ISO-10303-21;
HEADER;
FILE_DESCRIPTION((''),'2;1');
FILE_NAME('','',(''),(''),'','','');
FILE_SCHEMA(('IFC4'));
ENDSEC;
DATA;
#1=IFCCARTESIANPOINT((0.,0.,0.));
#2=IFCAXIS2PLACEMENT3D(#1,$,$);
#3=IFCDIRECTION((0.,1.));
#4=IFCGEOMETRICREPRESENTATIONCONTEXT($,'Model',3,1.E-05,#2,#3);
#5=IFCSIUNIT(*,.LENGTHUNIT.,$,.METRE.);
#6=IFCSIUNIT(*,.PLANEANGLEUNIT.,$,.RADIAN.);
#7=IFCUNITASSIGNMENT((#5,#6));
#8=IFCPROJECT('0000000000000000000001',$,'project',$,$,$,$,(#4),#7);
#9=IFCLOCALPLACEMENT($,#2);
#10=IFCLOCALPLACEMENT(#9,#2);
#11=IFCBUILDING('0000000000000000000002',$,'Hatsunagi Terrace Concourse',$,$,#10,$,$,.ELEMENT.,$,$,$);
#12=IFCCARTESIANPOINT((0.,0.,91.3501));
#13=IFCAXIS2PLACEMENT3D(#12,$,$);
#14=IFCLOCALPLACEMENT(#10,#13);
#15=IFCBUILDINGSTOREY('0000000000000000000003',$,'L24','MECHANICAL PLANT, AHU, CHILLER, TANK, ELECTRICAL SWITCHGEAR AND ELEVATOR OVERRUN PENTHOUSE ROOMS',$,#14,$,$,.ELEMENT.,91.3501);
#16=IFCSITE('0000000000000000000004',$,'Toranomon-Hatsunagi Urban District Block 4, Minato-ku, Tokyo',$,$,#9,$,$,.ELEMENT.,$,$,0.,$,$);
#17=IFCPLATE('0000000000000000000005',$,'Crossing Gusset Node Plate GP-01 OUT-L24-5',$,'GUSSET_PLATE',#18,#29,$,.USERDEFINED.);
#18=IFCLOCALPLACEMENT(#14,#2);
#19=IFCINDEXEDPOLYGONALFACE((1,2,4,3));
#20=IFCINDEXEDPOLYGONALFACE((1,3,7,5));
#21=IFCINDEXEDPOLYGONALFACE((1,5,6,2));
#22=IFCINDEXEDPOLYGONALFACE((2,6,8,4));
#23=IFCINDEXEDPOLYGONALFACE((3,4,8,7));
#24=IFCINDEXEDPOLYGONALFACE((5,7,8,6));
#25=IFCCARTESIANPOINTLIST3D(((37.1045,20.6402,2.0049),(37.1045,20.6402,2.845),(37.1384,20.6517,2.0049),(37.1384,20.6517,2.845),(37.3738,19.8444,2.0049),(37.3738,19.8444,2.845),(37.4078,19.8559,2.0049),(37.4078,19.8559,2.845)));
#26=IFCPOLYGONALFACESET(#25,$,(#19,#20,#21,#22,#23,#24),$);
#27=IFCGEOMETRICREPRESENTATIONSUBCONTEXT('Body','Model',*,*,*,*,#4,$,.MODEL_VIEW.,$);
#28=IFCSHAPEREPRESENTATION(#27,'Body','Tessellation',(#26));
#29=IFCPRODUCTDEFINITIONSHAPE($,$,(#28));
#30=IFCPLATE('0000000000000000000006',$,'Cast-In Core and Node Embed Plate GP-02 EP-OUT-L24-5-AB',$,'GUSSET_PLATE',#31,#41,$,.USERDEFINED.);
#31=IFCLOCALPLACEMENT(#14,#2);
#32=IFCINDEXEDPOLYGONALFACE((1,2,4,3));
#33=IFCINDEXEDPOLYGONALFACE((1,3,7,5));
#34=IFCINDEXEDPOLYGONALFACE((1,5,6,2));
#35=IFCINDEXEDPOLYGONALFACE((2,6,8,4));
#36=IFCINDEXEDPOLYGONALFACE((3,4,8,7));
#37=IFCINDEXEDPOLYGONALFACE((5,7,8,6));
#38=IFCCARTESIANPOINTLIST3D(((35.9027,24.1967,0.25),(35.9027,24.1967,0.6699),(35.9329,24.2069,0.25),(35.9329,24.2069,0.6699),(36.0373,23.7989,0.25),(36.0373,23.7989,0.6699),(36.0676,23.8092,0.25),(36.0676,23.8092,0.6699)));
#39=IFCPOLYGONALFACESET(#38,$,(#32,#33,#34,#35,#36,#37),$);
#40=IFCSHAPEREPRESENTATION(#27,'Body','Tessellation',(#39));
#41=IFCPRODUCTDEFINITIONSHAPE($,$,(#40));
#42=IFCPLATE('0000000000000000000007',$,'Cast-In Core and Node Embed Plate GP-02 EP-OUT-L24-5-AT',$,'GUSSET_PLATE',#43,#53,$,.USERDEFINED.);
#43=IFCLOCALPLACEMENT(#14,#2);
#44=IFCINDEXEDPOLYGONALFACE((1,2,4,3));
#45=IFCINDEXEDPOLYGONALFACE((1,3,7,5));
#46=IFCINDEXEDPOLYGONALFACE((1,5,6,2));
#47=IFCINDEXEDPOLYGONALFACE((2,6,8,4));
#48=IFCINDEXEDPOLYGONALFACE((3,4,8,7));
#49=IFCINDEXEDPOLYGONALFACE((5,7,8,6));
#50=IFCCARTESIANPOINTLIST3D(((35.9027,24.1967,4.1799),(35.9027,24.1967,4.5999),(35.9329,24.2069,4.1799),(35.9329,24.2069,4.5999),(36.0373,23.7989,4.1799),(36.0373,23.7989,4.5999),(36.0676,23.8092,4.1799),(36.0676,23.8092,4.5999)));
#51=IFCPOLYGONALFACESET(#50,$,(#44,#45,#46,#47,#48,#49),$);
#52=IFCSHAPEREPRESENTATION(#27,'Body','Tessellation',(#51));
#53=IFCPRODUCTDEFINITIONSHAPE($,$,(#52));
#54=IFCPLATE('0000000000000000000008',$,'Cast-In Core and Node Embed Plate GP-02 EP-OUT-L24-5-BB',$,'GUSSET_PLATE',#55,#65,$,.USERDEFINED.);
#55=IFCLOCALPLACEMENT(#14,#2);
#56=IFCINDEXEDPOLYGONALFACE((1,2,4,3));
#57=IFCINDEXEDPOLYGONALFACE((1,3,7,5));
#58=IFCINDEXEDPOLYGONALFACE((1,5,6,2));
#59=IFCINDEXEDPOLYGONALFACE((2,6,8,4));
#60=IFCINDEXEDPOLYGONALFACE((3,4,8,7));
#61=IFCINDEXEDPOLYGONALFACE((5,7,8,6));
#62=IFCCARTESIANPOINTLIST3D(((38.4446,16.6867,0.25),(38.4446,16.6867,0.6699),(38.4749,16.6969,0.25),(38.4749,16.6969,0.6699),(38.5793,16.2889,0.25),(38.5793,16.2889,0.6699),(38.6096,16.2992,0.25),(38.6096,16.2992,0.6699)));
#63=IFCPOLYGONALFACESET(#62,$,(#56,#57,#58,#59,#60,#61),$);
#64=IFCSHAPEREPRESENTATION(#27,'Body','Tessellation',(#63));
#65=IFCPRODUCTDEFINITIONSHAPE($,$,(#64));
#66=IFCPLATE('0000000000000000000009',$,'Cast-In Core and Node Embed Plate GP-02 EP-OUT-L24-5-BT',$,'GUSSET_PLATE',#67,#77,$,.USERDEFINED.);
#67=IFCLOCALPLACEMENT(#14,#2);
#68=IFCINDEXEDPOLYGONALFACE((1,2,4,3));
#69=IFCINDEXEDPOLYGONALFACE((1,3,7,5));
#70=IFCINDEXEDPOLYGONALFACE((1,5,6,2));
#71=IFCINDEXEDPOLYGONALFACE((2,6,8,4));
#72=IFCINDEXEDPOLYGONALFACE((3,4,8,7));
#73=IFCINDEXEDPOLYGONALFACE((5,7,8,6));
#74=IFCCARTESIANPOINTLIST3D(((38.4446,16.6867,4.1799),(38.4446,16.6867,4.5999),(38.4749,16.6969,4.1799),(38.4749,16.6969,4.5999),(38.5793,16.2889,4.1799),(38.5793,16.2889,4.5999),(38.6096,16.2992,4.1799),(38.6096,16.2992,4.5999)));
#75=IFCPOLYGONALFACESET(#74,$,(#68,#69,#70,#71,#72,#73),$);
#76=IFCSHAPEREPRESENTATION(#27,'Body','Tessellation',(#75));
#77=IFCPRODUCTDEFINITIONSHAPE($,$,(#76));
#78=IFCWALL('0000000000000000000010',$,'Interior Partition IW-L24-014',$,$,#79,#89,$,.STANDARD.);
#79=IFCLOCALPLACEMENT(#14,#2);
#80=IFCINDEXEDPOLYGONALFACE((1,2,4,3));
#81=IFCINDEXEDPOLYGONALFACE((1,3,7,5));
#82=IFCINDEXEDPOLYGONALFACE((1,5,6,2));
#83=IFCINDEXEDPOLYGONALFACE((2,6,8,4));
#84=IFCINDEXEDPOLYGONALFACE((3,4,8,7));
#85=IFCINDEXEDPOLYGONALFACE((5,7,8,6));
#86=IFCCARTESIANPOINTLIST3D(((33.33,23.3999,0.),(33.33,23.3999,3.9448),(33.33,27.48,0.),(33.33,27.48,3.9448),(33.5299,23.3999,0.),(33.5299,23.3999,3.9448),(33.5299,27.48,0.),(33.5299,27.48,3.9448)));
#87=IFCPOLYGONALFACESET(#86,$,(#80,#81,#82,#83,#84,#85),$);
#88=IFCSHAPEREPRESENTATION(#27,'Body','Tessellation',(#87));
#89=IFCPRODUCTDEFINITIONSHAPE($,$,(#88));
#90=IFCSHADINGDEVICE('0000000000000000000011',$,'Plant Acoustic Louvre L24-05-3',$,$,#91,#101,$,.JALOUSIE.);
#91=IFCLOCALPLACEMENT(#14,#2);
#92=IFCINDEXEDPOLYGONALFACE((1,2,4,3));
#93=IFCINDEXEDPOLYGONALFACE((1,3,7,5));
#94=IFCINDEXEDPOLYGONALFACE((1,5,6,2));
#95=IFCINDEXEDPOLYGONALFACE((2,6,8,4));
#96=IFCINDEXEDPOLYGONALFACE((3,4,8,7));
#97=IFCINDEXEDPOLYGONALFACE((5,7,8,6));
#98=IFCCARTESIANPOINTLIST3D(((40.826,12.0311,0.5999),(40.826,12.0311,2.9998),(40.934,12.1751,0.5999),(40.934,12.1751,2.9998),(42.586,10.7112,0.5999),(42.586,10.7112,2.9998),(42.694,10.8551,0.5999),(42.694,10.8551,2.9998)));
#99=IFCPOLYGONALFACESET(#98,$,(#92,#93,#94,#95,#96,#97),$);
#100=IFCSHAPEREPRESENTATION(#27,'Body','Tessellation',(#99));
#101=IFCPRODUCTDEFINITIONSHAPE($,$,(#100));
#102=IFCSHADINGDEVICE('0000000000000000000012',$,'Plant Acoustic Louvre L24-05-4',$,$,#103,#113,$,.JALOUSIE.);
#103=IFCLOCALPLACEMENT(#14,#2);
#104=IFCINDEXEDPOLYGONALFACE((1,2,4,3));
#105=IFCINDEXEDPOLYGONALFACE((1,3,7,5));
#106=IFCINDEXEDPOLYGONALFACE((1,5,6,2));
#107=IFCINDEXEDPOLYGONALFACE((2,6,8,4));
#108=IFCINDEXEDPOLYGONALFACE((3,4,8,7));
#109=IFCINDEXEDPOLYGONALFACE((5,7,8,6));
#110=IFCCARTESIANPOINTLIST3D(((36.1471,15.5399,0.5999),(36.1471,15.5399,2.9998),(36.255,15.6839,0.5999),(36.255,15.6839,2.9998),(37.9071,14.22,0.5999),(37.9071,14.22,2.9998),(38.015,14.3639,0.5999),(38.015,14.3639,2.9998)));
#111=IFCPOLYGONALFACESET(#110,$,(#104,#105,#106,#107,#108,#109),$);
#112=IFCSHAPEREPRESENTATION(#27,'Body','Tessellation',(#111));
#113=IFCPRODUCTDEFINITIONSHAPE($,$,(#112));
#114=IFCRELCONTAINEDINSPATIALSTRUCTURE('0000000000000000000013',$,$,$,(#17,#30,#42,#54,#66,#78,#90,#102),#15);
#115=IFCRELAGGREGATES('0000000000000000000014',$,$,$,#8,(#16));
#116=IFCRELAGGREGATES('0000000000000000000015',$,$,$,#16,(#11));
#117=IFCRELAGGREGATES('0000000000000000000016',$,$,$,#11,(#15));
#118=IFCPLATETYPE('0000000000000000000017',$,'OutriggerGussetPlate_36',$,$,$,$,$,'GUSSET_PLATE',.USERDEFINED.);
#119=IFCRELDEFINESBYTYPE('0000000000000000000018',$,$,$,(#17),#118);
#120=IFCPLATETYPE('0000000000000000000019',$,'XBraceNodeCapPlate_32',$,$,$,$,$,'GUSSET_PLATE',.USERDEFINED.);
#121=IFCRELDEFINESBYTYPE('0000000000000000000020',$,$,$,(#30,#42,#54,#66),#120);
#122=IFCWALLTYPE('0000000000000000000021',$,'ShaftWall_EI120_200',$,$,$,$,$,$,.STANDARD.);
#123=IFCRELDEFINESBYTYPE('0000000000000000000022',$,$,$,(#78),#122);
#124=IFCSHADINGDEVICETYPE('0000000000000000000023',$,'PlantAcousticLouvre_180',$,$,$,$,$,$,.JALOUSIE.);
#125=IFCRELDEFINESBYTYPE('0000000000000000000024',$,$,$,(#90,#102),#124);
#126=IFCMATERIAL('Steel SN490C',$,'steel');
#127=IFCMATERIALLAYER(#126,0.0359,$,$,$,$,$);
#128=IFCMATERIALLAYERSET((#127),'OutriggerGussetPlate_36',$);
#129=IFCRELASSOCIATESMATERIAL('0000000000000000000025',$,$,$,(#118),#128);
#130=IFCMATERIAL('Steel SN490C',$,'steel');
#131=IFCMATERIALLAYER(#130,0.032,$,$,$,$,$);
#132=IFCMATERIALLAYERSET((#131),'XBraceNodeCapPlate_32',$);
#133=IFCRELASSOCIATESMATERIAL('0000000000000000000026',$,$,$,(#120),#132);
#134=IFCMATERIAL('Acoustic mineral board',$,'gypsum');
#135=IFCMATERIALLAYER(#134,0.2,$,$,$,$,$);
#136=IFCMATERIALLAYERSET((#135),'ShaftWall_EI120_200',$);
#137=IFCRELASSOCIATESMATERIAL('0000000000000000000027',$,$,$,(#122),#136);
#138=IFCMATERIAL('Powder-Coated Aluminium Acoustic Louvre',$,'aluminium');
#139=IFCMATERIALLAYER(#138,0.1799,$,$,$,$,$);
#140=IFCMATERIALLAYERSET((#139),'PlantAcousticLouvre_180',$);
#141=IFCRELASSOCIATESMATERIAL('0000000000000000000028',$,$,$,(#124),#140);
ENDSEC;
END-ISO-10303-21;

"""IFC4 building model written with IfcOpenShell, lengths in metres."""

from ifc_helpers import new_model, si_unit, direction, frame, frame_2d, origin, origin_2d, place, context, subcontext, project, spatial, rectangle, extrude, material, layer, layer_set, type_object, element, save


model = new_model("IFC4")

# Units and contexts
model_context = context("Model", 3, precision=1e-05, world=origin(), true_north=direction((0.0, 1.0)))
body_context = subcontext(model_context, "Body", "Model", "MODEL_VIEW")
ifc_project = project(units=[si_unit("LENGTHUNIT", "METRE"), si_unit("PLANEANGLEUNIT", "RADIAN")], contexts=[model_context])

# Site, building, storey
site_placement = place(None, origin())
site = spatial("IfcSite", under=ifc_project, at=site_placement, Name="Toranomon-Hatsunagi Urban District Block 4, Minato-ku, Tokyo", CompositionType="ELEMENT", RefElevation=0.0)
building_placement = place(site_placement, origin())
building = spatial("IfcBuilding", under=site, at=building_placement, Name="Hatsunagi Terrace Concourse", CompositionType="ELEMENT")
storey_placement = place(building_placement, frame((0.0, 0.0, 91.3501)))
storey = spatial("IfcBuildingStorey", under=building, at=storey_placement, Name="L24", Description="MECHANICAL PLANT, AHU, CHILLER, TANK, ELECTRICAL SWITCHGEAR AND ELEVATOR OVERRUN PENTHOUSE ROOMS", CompositionType="ELEMENT", Elevation=91.3501)

# Plates
ifc_material_1 = material(Name="Steel SN490C", Category="steel")
ifc_layer_1 = layer(ifc_material_1, 0.0359)
ifc_layer_set_1 = layer_set([ifc_layer_1], Name="OutriggerGussetPlate_36")
plate_type_1 = type_object("IfcPlateType", Name="OutriggerGussetPlate_36", ElementType="GUSSET_PLATE", PredefinedType="USERDEFINED", material=ifc_layer_set_1)
plate_placement = place(storey_placement, frame((37.2561, 20.248, 2.0049), z_axis=(0.0, 0.0, 1.0), x_axis=(0.320565, -0.947227, 0.0)))
element("IfcPlate", 1, at=plate_placement, inside=storey, type_object=plate_type_1, Name="Crossing Gusset Node Plate GP-01 OUT-L24-5", ObjectType="GUSSET_PLATE", PredefinedType="USERDEFINED", context=body_context, shape_type="SweptSolid", body=[
    extrude(rectangle(XDim=0.8401, YDim=0.0359, at=origin_2d()), origin(), (0.0, 0.0, 1.0), 0.8401),
])
ifc_material_2 = material(Name="Steel SN490C", Category="steel")
ifc_layer_2 = layer(ifc_material_2, 0.032)
ifc_layer_set_2 = layer_set([ifc_layer_2], Name="XBraceNodeCapPlate_32")
plate_type_2 = type_object("IfcPlateType", Name="XBraceNodeCapPlate_32", ElementType="GUSSET_PLATE", PredefinedType="USERDEFINED", material=ifc_layer_set_2)
for number, where, z_axis, x_axis, name in (
    (2, (35.9851, 24.0029, 0.25), (0.0, 0.0, 1.0), (0.320565, -0.947227, 0.0), "Cast-In Core and Node Embed Plate GP-02 EP-OUT-L24-5-AB"),
    (3, (35.9851, 24.0029, 4.1799), (0.0, 0.0, 1.0), (0.320565, -0.947227, 0.0), "Cast-In Core and Node Embed Plate GP-02 EP-OUT-L24-5-AT"),
    (4, (38.5271, 16.4929, 0.25), (0.0, 0.0, 1.0), (0.320565, -0.947227, 0.0), "Cast-In Core and Node Embed Plate GP-02 EP-OUT-L24-5-BB"),
    (5, (38.5271, 16.4929, 4.1799), (0.0, 0.0, 1.0), (0.320565, -0.947227, 0.0), "Cast-In Core and Node Embed Plate GP-02 EP-OUT-L24-5-BT"),
):
    element("IfcPlate", number, at=place(storey_placement, frame(where, z_axis=z_axis, x_axis=x_axis)), inside=storey, type_object=plate_type_2, Name=name, ObjectType="GUSSET_PLATE", PredefinedType="USERDEFINED", context=body_context, shape_type="SweptSolid", body=[
        extrude(rectangle(XDim=0.4199, YDim=0.032, at=origin_2d()), origin(), (0.0, 0.0, 1.0), 0.4199),
    ])

# Wall
ifc_material_3 = material(Name="Acoustic mineral board", Category="gypsum")
ifc_layer_3 = layer(ifc_material_3, 0.2)
ifc_layer_set_3 = layer_set([ifc_layer_3], Name="ShaftWall_EI120_200")
wall_type = type_object("IfcWallType", Name="ShaftWall_EI120_200", PredefinedType="STANDARD", material=ifc_layer_set_3)
wall_placement = place(storey_placement, frame((33.4299, 23.3999, 0.0), z_axis=(0.0, 0.0, 1.0), x_axis=(0.0, 1.0, 0.0)))
element("IfcWall", 6, at=wall_placement, inside=storey, type_object=wall_type, Name="Interior Partition IW-L24-014", PredefinedType="STANDARD", context=body_context, shape_type="SweptSolid", body=[
    extrude(rectangle(XDim=4.0801, YDim=0.2, at=frame_2d((2.04, 0.0))), origin(), (0.0, 0.0, 1.0), 3.9448),
])

# Shading devices
ifc_material_4 = material(Name="Powder-Coated Aluminium Acoustic Louvre", Category="aluminium")
ifc_layer_4 = layer(ifc_material_4, 0.1799)
ifc_layer_set_4 = layer_set([ifc_layer_4], Name="PlantAcousticLouvre_180")
shading_device_type = type_object("IfcShadingDeviceType", Name="PlantAcousticLouvre_180", PredefinedType="JALOUSIE", material=ifc_layer_set_4)
for number, where, z_axis, x_axis, name in (
    (7, (41.76, 11.4431, 0.5999), (0.0, 0.0, 1.0), (-0.800003, 0.599996, 0.0), "Plant Acoustic Louvre L24-05-3"),
    (8, (37.0811, 14.9519, 0.5999), (0.0, 0.0, 1.0), (-0.800003, 0.599996, 0.0), "Plant Acoustic Louvre L24-05-4"),
):
    element("IfcShadingDevice", number, at=place(storey_placement, frame(where, z_axis=z_axis, x_axis=x_axis)), inside=storey, type_object=shading_device_type, Name=name, PredefinedType="JALOUSIE", context=body_context, shape_type="SweptSolid", body=[
        extrude(rectangle(XDim=2.2, YDim=0.1799, at=origin_2d()), origin(), (0.0, 0.0, 1.0), 2.3999),
    ])

save(model, "model.ifc")
